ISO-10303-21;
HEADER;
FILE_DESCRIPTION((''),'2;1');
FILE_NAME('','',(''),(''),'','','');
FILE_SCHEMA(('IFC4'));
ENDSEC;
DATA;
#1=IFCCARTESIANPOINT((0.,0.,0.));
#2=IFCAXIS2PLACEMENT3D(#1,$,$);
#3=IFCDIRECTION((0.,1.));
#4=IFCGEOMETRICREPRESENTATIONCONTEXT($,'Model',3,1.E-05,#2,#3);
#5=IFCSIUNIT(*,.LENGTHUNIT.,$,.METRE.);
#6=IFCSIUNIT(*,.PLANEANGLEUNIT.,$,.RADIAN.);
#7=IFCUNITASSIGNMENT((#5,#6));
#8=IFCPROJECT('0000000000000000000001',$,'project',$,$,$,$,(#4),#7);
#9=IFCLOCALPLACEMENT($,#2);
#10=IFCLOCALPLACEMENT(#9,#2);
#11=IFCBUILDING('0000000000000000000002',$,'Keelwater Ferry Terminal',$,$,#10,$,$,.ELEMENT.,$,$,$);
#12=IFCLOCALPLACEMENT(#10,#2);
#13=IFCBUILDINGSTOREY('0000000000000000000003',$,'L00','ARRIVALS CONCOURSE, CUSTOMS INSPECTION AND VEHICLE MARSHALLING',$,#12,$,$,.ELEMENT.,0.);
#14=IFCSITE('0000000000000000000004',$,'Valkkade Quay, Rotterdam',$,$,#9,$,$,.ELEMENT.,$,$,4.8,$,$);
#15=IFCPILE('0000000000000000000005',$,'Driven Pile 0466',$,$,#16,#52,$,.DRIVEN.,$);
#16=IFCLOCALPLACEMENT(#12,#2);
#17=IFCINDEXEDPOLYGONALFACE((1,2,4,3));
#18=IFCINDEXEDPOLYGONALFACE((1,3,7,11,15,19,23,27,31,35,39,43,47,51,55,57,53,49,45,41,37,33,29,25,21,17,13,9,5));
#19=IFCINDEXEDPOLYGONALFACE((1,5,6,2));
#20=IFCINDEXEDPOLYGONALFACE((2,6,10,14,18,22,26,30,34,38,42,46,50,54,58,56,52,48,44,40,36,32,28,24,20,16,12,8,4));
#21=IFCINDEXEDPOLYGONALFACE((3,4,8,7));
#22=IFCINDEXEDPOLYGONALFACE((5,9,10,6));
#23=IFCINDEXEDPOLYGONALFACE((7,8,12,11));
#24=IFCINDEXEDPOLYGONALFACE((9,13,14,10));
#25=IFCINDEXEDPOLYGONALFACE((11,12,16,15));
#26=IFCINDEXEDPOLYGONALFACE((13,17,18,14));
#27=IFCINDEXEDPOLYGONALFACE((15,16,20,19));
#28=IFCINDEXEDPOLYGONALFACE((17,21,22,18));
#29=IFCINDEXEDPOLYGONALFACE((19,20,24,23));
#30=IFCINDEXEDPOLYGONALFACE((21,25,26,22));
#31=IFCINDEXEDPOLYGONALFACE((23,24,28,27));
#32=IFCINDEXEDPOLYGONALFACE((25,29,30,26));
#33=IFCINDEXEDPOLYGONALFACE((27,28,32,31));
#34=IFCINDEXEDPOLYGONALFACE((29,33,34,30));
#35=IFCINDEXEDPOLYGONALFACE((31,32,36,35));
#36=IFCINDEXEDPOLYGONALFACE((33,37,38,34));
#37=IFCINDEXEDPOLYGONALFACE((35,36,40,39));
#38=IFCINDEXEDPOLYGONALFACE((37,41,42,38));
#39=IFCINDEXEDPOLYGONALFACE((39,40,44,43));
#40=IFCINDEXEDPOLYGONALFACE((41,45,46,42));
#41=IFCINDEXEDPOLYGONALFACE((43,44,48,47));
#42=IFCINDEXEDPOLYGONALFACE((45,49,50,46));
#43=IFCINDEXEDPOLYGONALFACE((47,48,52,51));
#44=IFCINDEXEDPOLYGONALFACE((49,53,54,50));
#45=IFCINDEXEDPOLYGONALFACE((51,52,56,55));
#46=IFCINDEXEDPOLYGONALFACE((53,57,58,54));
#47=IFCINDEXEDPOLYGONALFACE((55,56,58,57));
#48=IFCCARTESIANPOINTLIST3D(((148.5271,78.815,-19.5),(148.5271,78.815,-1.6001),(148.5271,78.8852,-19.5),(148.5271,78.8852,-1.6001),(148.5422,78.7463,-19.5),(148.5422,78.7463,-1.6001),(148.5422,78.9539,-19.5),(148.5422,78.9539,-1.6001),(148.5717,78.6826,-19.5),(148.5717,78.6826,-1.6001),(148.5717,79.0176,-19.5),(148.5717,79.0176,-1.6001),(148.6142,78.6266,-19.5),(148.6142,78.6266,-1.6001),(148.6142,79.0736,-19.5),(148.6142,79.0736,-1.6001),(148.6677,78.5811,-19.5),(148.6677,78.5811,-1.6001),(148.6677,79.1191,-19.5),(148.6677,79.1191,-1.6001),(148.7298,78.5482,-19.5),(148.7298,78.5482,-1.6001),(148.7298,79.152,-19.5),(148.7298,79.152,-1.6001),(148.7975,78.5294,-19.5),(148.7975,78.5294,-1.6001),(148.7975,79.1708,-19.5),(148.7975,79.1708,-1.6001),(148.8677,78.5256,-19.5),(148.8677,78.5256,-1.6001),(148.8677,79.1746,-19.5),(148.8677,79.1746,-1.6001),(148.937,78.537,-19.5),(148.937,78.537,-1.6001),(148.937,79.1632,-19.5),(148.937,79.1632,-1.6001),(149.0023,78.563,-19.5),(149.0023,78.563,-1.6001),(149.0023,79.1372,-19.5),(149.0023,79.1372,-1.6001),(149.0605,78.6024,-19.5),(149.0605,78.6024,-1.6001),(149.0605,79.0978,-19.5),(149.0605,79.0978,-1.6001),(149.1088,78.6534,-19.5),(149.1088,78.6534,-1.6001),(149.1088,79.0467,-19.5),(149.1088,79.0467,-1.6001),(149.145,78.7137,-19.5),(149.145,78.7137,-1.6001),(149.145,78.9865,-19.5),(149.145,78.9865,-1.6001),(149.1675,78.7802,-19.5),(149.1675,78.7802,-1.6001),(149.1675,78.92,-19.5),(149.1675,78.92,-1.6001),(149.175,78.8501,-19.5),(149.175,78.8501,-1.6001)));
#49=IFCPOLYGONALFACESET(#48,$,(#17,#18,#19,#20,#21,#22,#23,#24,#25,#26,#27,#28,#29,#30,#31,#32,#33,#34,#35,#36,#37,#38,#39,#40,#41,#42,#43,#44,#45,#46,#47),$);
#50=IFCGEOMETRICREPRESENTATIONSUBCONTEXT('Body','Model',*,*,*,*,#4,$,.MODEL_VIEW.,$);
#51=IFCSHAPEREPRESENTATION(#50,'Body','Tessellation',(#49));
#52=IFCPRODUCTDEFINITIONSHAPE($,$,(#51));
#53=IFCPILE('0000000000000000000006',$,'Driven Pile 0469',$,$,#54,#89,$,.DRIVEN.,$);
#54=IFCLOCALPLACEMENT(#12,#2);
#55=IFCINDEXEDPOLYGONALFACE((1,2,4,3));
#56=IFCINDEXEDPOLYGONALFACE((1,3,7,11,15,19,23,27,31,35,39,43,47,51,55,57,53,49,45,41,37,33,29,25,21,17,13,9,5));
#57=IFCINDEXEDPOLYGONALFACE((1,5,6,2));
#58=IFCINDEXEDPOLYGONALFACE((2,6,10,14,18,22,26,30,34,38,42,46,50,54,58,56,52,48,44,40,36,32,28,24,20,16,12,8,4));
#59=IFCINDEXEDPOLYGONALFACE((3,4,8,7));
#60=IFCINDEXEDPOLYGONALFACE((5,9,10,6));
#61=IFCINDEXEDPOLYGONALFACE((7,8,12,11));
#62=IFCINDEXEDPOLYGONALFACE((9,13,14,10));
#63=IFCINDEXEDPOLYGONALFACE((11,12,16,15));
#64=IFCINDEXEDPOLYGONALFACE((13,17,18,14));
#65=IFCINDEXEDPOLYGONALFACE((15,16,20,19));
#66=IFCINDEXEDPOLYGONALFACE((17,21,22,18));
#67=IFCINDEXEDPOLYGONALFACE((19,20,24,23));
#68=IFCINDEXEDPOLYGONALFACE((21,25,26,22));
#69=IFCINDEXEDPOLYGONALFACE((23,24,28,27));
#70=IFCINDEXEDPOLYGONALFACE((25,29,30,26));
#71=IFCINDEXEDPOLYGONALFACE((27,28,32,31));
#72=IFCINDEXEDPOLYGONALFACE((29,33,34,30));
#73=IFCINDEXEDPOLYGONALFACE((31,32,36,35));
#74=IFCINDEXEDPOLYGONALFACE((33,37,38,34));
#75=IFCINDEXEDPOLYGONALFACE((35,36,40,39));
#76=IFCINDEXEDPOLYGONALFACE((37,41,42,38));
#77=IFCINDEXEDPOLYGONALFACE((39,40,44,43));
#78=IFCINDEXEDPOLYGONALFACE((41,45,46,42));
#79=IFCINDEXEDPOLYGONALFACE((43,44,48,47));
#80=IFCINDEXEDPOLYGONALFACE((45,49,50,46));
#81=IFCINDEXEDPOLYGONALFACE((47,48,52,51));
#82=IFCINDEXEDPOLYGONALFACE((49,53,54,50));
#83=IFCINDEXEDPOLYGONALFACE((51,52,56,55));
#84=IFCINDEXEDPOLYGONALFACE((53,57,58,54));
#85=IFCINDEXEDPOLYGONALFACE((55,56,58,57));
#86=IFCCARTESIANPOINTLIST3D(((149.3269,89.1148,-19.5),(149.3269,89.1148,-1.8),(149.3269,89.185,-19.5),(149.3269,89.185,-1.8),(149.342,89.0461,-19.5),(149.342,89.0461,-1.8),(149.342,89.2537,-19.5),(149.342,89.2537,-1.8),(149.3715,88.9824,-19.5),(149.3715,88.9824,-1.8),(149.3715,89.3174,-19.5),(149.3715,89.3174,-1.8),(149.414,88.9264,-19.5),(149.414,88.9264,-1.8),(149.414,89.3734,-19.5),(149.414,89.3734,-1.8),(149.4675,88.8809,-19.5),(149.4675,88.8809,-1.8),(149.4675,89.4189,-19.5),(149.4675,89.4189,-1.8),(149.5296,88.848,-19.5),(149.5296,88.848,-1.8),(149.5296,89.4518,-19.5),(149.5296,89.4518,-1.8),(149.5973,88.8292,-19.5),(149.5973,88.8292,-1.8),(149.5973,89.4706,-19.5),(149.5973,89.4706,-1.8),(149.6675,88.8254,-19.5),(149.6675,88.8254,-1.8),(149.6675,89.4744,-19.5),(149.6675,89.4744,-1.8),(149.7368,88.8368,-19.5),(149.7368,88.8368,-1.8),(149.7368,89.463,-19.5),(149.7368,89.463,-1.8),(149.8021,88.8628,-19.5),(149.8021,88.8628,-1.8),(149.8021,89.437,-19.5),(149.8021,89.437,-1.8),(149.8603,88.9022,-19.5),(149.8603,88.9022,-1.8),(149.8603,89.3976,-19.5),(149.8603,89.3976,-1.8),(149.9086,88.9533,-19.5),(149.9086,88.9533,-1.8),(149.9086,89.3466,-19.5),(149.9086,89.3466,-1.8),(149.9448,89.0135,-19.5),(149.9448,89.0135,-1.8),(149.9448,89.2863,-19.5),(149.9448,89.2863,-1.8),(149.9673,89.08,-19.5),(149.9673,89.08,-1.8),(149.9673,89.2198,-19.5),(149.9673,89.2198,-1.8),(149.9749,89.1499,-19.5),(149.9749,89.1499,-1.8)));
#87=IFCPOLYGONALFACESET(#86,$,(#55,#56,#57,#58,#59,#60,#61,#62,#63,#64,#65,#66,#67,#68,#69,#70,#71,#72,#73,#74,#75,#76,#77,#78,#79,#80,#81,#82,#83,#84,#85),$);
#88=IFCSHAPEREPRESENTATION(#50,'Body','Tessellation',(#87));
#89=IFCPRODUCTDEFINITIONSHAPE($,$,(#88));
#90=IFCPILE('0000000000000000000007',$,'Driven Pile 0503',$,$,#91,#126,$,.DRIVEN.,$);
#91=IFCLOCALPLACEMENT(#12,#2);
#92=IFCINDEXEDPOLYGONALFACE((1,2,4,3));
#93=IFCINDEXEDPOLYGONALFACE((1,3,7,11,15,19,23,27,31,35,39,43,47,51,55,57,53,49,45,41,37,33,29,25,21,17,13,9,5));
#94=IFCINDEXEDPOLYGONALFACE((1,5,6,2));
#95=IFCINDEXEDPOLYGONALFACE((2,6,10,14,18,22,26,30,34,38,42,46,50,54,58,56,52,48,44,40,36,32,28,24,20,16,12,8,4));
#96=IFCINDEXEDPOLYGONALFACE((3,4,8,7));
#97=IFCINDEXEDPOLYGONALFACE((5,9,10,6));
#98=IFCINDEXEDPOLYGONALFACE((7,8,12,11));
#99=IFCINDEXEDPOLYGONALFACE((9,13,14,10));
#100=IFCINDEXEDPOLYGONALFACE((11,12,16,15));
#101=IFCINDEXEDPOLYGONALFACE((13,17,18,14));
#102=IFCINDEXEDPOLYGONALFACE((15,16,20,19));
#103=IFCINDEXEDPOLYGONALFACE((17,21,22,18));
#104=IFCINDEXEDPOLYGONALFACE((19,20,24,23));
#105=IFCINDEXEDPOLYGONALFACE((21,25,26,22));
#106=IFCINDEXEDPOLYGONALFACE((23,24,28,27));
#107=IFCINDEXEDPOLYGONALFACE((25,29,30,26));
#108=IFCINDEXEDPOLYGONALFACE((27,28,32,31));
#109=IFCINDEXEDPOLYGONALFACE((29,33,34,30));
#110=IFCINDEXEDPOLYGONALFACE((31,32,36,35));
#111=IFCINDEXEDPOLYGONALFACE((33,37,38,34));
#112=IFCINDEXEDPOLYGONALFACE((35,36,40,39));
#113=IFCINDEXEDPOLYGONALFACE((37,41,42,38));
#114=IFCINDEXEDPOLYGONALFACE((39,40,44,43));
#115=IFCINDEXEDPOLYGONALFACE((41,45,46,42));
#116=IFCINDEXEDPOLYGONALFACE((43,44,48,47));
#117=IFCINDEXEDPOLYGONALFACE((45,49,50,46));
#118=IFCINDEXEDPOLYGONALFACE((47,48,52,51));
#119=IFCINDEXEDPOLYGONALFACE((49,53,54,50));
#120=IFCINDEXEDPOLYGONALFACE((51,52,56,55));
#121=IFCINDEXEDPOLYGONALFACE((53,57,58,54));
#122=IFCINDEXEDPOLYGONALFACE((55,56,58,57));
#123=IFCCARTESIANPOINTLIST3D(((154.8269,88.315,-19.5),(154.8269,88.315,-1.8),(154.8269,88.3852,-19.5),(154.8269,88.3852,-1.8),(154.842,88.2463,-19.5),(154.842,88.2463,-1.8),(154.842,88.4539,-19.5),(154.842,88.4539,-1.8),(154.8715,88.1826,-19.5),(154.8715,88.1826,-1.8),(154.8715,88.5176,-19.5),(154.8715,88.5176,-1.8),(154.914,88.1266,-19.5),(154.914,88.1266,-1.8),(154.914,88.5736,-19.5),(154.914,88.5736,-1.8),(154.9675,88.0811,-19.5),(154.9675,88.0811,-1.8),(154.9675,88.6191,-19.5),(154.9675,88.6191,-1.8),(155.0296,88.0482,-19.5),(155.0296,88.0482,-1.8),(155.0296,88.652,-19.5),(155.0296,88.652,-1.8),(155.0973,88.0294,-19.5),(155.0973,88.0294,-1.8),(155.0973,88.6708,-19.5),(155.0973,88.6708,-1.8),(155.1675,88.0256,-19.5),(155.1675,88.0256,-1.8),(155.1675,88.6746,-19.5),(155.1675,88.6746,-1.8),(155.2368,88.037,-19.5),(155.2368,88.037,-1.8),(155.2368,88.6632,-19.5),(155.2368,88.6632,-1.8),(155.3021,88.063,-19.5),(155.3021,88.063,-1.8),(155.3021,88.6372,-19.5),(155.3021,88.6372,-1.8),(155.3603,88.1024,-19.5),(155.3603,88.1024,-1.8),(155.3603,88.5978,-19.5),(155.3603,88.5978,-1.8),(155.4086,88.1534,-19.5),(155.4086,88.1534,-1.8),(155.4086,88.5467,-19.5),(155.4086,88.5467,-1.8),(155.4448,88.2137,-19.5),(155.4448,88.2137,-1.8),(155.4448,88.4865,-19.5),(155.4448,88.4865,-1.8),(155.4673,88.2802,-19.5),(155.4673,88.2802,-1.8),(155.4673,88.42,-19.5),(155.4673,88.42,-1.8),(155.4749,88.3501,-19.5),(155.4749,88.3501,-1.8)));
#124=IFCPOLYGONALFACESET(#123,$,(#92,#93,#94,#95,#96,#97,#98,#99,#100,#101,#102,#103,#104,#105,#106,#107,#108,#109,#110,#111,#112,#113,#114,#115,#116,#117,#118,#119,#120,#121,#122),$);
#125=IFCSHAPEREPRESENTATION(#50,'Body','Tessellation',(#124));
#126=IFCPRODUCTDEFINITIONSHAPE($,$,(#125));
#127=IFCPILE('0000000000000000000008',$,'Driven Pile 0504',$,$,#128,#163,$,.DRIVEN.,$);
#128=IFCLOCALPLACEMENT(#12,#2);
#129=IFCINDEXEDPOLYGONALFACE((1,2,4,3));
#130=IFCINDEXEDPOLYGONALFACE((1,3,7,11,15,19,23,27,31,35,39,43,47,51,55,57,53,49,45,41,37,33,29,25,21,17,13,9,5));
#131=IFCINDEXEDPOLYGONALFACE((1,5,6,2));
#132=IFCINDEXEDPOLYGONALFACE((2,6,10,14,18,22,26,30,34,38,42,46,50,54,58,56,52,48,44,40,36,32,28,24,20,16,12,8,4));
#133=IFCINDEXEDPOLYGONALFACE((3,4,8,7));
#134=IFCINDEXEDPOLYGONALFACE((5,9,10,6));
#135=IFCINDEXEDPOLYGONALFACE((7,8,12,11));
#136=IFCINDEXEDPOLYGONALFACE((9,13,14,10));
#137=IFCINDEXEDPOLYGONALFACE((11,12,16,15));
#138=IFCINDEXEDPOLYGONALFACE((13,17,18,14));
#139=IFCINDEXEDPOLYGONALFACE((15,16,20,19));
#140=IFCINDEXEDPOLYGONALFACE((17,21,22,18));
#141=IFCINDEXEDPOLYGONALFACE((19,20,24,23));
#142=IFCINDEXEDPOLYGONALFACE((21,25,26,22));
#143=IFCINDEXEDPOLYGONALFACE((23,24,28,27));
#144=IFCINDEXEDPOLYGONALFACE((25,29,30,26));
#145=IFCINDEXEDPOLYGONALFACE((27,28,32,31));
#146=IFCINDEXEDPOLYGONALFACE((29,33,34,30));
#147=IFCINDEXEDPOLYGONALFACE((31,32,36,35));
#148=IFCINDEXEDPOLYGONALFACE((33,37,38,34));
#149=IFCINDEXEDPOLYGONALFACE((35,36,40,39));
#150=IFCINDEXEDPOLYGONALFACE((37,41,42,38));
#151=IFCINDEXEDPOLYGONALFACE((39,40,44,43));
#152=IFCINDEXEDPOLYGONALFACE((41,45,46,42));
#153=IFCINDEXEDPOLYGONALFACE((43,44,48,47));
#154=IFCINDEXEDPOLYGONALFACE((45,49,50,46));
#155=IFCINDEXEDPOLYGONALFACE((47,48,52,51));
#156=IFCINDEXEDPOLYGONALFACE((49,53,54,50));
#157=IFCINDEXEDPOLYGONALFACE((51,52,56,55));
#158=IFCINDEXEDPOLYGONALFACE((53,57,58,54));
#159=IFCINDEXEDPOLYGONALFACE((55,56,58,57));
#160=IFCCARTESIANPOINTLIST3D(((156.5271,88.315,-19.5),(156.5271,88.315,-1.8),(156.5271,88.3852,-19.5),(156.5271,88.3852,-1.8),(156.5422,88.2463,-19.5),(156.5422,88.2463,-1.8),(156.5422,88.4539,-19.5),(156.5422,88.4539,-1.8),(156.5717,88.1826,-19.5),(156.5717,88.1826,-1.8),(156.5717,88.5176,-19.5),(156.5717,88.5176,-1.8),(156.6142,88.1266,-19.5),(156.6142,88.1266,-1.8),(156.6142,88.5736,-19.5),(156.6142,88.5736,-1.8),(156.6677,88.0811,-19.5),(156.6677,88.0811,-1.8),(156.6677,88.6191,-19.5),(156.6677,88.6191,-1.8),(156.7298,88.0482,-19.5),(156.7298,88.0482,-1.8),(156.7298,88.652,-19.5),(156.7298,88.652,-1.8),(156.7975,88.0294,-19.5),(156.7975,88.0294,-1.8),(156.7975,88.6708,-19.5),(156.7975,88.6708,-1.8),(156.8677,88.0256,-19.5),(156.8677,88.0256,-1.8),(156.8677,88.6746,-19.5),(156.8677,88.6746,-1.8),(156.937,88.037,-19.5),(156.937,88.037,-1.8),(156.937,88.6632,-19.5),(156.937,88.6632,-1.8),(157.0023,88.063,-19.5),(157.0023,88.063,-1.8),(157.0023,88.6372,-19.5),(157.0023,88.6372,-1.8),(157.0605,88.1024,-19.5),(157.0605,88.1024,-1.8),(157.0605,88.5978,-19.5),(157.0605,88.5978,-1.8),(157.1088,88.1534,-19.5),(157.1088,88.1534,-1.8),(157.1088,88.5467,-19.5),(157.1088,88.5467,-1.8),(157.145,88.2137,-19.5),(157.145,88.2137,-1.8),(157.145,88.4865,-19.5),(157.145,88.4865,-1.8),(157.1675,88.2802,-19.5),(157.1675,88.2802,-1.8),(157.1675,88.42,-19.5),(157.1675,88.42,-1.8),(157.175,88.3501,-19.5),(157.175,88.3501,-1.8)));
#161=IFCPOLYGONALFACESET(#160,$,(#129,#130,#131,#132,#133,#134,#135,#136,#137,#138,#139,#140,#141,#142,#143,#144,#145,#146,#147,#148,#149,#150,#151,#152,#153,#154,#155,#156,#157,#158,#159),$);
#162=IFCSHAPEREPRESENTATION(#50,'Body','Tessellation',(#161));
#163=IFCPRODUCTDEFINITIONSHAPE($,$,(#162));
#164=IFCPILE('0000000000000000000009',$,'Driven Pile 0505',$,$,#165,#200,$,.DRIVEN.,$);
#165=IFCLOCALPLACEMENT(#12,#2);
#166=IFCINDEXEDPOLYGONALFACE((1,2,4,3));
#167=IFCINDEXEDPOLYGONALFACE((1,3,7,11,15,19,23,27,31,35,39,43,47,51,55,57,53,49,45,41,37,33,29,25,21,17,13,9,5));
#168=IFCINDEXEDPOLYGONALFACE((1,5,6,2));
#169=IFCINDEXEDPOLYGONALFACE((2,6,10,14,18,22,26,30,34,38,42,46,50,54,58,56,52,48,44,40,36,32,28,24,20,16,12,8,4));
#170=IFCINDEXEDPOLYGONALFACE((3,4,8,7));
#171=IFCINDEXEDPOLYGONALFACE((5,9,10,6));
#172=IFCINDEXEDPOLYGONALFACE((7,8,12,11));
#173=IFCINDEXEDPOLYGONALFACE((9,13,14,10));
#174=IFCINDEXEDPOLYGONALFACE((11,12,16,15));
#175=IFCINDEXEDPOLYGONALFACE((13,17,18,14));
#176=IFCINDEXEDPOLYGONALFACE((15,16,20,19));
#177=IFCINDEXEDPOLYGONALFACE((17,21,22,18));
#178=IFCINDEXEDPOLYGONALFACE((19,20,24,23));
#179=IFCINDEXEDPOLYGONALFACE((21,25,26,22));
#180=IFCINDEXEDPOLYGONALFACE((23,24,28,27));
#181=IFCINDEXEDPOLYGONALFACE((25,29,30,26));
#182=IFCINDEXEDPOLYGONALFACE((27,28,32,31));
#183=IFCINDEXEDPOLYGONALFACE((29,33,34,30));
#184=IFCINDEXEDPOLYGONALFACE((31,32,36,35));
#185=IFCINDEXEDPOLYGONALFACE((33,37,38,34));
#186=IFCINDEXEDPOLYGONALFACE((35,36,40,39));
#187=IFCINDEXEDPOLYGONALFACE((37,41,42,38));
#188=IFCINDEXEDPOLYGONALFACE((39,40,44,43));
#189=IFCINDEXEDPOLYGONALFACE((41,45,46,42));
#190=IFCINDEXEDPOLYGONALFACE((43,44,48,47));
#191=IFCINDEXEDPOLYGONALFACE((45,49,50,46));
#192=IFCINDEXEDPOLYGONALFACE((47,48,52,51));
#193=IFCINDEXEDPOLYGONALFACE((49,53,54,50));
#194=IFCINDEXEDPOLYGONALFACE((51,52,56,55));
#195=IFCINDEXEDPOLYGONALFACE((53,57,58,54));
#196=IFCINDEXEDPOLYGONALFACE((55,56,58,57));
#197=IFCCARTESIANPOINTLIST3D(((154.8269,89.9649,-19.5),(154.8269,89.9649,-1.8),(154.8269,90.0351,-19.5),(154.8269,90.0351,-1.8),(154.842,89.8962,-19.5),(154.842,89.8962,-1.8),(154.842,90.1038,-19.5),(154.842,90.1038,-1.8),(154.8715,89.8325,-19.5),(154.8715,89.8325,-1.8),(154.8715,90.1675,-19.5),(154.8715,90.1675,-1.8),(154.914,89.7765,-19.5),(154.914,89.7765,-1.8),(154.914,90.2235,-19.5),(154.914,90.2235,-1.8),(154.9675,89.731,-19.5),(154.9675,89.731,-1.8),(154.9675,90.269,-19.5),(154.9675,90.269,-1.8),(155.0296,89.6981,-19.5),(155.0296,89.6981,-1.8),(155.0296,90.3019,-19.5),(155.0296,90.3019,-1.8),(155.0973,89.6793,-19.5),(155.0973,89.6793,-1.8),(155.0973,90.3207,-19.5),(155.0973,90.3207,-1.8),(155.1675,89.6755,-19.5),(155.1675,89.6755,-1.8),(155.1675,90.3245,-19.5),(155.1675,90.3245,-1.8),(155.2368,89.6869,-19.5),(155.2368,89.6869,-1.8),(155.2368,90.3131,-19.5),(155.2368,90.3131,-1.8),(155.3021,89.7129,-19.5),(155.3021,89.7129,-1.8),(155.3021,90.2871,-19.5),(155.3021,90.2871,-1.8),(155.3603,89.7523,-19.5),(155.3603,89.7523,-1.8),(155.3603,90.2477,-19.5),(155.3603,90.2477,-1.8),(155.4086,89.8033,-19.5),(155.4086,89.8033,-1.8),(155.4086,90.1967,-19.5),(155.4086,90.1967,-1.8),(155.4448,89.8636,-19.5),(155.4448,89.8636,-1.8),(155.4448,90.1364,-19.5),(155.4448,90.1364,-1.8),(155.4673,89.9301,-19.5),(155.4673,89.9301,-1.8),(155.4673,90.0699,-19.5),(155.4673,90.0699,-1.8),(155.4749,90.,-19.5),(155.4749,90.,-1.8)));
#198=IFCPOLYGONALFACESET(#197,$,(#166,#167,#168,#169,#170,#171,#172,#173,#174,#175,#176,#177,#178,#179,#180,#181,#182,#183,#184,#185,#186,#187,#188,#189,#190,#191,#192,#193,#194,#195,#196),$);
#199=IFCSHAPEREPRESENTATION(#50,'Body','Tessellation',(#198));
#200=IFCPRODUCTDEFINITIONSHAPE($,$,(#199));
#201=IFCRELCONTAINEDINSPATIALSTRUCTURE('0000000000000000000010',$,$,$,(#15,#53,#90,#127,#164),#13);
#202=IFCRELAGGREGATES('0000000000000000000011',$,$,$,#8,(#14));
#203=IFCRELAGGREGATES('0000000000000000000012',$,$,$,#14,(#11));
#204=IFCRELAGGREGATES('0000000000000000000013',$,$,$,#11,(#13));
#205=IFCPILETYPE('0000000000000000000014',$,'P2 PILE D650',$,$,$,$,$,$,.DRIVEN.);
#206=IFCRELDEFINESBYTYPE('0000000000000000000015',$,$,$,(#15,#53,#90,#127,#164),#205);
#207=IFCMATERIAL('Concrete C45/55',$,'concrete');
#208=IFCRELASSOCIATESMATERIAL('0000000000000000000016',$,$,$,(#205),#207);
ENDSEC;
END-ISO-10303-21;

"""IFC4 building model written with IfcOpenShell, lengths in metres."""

from ifc_helpers import new_model, si_unit, direction, frame, origin, origin_2d, place, context, subcontext, project, spatial, circle, extrude, material, material_profile, profile_set, type_object, element, save


model = new_model("IFC4")

# Units and contexts
model_context = context("Model", 3, precision=1e-05, world=origin(), true_north=direction((0.0, 1.0)))
body_context = subcontext(model_context, "Body", "Model", "MODEL_VIEW")
ifc_project = project(units=[si_unit("LENGTHUNIT", "METRE"), si_unit("PLANEANGLEUNIT", "RADIAN")], contexts=[model_context])

# Site, building, storey
site_placement = place(None, origin())
site = spatial("IfcSite", under=ifc_project, at=site_placement, Name="Valkkade Quay, Rotterdam", CompositionType="ELEMENT", RefElevation=4.8)
building_placement = place(site_placement, origin())
building = spatial("IfcBuilding", under=site, at=building_placement, Name="Keelwater Ferry Terminal", CompositionType="ELEMENT")
storey_placement = place(building_placement, origin())
storey = spatial("IfcBuildingStorey", under=building, at=storey_placement, Name="L00", Description="ARRIVALS CONCOURSE, CUSTOMS INSPECTION AND VEHICLE MARSHALLING", CompositionType="ELEMENT", Elevation=0.0)

# Piles
ifc_material_1 = material(Name="Concrete C45/55", Category="concrete")
ifc_material_profile_1 = material_profile(ifc_material_1, circle(Radius=0.325, at=origin_2d()), Name="PILE D650")
ifc_profile_set_1 = profile_set([ifc_material_profile_1], Name="Concrete C45/55")
pile_type_1 = type_object("IfcPileType", Name="P2 PILE D650", PredefinedType="DRIVEN", material=ifc_profile_set_1)
pile_1_placement = place(storey_placement, frame((148.8501, 78.8501, -1.6001), z_axis=(0.0, 0.0, -1.0), x_axis=(1.0, 0.0, 0.0)))
element("IfcPile", 1, at=pile_1_placement, inside=storey, type_object=pile_type_1, Name="Driven Pile 0466", PredefinedType="DRIVEN", context=body_context, shape_type="SweptSolid", body=[
    extrude(circle(Radius=0.325, at=origin_2d()), origin(), (0.0, 0.0, 1.0), 17.8999),
])
for number, where, z_axis, x_axis, name in (
    (2, (149.6499, 89.1499, -1.8), (0.0, 0.0, -1.0), (1.0, 0.0, 0.0), "Driven Pile 0469"),
    (3, (155.1499, 88.3501, -1.8), (0.0, 0.0, -1.0), (1.0, 0.0, 0.0), "Driven Pile 0503"),
    (4, (156.8501, 88.3501, -1.8), (0.0, 0.0, -1.0), (1.0, 0.0, 0.0), "Driven Pile 0504"),
    (5, (155.1499, 90.0, -1.8), (0.0, 0.0, -1.0), (1.0, 0.0, 0.0), "Driven Pile 0505"),
):
    element("IfcPile", number, at=place(storey_placement, frame(where, z_axis=z_axis, x_axis=x_axis)), inside=storey, type_object=pile_type_1, Name=name, PredefinedType="DRIVEN", context=body_context, shape_type="SweptSolid", body=[
        extrude(circle(Radius=0.325, at=origin_2d()), origin(), (0.0, 0.0, 1.0), 17.7),
    ])

save(model, "model.ifc")
